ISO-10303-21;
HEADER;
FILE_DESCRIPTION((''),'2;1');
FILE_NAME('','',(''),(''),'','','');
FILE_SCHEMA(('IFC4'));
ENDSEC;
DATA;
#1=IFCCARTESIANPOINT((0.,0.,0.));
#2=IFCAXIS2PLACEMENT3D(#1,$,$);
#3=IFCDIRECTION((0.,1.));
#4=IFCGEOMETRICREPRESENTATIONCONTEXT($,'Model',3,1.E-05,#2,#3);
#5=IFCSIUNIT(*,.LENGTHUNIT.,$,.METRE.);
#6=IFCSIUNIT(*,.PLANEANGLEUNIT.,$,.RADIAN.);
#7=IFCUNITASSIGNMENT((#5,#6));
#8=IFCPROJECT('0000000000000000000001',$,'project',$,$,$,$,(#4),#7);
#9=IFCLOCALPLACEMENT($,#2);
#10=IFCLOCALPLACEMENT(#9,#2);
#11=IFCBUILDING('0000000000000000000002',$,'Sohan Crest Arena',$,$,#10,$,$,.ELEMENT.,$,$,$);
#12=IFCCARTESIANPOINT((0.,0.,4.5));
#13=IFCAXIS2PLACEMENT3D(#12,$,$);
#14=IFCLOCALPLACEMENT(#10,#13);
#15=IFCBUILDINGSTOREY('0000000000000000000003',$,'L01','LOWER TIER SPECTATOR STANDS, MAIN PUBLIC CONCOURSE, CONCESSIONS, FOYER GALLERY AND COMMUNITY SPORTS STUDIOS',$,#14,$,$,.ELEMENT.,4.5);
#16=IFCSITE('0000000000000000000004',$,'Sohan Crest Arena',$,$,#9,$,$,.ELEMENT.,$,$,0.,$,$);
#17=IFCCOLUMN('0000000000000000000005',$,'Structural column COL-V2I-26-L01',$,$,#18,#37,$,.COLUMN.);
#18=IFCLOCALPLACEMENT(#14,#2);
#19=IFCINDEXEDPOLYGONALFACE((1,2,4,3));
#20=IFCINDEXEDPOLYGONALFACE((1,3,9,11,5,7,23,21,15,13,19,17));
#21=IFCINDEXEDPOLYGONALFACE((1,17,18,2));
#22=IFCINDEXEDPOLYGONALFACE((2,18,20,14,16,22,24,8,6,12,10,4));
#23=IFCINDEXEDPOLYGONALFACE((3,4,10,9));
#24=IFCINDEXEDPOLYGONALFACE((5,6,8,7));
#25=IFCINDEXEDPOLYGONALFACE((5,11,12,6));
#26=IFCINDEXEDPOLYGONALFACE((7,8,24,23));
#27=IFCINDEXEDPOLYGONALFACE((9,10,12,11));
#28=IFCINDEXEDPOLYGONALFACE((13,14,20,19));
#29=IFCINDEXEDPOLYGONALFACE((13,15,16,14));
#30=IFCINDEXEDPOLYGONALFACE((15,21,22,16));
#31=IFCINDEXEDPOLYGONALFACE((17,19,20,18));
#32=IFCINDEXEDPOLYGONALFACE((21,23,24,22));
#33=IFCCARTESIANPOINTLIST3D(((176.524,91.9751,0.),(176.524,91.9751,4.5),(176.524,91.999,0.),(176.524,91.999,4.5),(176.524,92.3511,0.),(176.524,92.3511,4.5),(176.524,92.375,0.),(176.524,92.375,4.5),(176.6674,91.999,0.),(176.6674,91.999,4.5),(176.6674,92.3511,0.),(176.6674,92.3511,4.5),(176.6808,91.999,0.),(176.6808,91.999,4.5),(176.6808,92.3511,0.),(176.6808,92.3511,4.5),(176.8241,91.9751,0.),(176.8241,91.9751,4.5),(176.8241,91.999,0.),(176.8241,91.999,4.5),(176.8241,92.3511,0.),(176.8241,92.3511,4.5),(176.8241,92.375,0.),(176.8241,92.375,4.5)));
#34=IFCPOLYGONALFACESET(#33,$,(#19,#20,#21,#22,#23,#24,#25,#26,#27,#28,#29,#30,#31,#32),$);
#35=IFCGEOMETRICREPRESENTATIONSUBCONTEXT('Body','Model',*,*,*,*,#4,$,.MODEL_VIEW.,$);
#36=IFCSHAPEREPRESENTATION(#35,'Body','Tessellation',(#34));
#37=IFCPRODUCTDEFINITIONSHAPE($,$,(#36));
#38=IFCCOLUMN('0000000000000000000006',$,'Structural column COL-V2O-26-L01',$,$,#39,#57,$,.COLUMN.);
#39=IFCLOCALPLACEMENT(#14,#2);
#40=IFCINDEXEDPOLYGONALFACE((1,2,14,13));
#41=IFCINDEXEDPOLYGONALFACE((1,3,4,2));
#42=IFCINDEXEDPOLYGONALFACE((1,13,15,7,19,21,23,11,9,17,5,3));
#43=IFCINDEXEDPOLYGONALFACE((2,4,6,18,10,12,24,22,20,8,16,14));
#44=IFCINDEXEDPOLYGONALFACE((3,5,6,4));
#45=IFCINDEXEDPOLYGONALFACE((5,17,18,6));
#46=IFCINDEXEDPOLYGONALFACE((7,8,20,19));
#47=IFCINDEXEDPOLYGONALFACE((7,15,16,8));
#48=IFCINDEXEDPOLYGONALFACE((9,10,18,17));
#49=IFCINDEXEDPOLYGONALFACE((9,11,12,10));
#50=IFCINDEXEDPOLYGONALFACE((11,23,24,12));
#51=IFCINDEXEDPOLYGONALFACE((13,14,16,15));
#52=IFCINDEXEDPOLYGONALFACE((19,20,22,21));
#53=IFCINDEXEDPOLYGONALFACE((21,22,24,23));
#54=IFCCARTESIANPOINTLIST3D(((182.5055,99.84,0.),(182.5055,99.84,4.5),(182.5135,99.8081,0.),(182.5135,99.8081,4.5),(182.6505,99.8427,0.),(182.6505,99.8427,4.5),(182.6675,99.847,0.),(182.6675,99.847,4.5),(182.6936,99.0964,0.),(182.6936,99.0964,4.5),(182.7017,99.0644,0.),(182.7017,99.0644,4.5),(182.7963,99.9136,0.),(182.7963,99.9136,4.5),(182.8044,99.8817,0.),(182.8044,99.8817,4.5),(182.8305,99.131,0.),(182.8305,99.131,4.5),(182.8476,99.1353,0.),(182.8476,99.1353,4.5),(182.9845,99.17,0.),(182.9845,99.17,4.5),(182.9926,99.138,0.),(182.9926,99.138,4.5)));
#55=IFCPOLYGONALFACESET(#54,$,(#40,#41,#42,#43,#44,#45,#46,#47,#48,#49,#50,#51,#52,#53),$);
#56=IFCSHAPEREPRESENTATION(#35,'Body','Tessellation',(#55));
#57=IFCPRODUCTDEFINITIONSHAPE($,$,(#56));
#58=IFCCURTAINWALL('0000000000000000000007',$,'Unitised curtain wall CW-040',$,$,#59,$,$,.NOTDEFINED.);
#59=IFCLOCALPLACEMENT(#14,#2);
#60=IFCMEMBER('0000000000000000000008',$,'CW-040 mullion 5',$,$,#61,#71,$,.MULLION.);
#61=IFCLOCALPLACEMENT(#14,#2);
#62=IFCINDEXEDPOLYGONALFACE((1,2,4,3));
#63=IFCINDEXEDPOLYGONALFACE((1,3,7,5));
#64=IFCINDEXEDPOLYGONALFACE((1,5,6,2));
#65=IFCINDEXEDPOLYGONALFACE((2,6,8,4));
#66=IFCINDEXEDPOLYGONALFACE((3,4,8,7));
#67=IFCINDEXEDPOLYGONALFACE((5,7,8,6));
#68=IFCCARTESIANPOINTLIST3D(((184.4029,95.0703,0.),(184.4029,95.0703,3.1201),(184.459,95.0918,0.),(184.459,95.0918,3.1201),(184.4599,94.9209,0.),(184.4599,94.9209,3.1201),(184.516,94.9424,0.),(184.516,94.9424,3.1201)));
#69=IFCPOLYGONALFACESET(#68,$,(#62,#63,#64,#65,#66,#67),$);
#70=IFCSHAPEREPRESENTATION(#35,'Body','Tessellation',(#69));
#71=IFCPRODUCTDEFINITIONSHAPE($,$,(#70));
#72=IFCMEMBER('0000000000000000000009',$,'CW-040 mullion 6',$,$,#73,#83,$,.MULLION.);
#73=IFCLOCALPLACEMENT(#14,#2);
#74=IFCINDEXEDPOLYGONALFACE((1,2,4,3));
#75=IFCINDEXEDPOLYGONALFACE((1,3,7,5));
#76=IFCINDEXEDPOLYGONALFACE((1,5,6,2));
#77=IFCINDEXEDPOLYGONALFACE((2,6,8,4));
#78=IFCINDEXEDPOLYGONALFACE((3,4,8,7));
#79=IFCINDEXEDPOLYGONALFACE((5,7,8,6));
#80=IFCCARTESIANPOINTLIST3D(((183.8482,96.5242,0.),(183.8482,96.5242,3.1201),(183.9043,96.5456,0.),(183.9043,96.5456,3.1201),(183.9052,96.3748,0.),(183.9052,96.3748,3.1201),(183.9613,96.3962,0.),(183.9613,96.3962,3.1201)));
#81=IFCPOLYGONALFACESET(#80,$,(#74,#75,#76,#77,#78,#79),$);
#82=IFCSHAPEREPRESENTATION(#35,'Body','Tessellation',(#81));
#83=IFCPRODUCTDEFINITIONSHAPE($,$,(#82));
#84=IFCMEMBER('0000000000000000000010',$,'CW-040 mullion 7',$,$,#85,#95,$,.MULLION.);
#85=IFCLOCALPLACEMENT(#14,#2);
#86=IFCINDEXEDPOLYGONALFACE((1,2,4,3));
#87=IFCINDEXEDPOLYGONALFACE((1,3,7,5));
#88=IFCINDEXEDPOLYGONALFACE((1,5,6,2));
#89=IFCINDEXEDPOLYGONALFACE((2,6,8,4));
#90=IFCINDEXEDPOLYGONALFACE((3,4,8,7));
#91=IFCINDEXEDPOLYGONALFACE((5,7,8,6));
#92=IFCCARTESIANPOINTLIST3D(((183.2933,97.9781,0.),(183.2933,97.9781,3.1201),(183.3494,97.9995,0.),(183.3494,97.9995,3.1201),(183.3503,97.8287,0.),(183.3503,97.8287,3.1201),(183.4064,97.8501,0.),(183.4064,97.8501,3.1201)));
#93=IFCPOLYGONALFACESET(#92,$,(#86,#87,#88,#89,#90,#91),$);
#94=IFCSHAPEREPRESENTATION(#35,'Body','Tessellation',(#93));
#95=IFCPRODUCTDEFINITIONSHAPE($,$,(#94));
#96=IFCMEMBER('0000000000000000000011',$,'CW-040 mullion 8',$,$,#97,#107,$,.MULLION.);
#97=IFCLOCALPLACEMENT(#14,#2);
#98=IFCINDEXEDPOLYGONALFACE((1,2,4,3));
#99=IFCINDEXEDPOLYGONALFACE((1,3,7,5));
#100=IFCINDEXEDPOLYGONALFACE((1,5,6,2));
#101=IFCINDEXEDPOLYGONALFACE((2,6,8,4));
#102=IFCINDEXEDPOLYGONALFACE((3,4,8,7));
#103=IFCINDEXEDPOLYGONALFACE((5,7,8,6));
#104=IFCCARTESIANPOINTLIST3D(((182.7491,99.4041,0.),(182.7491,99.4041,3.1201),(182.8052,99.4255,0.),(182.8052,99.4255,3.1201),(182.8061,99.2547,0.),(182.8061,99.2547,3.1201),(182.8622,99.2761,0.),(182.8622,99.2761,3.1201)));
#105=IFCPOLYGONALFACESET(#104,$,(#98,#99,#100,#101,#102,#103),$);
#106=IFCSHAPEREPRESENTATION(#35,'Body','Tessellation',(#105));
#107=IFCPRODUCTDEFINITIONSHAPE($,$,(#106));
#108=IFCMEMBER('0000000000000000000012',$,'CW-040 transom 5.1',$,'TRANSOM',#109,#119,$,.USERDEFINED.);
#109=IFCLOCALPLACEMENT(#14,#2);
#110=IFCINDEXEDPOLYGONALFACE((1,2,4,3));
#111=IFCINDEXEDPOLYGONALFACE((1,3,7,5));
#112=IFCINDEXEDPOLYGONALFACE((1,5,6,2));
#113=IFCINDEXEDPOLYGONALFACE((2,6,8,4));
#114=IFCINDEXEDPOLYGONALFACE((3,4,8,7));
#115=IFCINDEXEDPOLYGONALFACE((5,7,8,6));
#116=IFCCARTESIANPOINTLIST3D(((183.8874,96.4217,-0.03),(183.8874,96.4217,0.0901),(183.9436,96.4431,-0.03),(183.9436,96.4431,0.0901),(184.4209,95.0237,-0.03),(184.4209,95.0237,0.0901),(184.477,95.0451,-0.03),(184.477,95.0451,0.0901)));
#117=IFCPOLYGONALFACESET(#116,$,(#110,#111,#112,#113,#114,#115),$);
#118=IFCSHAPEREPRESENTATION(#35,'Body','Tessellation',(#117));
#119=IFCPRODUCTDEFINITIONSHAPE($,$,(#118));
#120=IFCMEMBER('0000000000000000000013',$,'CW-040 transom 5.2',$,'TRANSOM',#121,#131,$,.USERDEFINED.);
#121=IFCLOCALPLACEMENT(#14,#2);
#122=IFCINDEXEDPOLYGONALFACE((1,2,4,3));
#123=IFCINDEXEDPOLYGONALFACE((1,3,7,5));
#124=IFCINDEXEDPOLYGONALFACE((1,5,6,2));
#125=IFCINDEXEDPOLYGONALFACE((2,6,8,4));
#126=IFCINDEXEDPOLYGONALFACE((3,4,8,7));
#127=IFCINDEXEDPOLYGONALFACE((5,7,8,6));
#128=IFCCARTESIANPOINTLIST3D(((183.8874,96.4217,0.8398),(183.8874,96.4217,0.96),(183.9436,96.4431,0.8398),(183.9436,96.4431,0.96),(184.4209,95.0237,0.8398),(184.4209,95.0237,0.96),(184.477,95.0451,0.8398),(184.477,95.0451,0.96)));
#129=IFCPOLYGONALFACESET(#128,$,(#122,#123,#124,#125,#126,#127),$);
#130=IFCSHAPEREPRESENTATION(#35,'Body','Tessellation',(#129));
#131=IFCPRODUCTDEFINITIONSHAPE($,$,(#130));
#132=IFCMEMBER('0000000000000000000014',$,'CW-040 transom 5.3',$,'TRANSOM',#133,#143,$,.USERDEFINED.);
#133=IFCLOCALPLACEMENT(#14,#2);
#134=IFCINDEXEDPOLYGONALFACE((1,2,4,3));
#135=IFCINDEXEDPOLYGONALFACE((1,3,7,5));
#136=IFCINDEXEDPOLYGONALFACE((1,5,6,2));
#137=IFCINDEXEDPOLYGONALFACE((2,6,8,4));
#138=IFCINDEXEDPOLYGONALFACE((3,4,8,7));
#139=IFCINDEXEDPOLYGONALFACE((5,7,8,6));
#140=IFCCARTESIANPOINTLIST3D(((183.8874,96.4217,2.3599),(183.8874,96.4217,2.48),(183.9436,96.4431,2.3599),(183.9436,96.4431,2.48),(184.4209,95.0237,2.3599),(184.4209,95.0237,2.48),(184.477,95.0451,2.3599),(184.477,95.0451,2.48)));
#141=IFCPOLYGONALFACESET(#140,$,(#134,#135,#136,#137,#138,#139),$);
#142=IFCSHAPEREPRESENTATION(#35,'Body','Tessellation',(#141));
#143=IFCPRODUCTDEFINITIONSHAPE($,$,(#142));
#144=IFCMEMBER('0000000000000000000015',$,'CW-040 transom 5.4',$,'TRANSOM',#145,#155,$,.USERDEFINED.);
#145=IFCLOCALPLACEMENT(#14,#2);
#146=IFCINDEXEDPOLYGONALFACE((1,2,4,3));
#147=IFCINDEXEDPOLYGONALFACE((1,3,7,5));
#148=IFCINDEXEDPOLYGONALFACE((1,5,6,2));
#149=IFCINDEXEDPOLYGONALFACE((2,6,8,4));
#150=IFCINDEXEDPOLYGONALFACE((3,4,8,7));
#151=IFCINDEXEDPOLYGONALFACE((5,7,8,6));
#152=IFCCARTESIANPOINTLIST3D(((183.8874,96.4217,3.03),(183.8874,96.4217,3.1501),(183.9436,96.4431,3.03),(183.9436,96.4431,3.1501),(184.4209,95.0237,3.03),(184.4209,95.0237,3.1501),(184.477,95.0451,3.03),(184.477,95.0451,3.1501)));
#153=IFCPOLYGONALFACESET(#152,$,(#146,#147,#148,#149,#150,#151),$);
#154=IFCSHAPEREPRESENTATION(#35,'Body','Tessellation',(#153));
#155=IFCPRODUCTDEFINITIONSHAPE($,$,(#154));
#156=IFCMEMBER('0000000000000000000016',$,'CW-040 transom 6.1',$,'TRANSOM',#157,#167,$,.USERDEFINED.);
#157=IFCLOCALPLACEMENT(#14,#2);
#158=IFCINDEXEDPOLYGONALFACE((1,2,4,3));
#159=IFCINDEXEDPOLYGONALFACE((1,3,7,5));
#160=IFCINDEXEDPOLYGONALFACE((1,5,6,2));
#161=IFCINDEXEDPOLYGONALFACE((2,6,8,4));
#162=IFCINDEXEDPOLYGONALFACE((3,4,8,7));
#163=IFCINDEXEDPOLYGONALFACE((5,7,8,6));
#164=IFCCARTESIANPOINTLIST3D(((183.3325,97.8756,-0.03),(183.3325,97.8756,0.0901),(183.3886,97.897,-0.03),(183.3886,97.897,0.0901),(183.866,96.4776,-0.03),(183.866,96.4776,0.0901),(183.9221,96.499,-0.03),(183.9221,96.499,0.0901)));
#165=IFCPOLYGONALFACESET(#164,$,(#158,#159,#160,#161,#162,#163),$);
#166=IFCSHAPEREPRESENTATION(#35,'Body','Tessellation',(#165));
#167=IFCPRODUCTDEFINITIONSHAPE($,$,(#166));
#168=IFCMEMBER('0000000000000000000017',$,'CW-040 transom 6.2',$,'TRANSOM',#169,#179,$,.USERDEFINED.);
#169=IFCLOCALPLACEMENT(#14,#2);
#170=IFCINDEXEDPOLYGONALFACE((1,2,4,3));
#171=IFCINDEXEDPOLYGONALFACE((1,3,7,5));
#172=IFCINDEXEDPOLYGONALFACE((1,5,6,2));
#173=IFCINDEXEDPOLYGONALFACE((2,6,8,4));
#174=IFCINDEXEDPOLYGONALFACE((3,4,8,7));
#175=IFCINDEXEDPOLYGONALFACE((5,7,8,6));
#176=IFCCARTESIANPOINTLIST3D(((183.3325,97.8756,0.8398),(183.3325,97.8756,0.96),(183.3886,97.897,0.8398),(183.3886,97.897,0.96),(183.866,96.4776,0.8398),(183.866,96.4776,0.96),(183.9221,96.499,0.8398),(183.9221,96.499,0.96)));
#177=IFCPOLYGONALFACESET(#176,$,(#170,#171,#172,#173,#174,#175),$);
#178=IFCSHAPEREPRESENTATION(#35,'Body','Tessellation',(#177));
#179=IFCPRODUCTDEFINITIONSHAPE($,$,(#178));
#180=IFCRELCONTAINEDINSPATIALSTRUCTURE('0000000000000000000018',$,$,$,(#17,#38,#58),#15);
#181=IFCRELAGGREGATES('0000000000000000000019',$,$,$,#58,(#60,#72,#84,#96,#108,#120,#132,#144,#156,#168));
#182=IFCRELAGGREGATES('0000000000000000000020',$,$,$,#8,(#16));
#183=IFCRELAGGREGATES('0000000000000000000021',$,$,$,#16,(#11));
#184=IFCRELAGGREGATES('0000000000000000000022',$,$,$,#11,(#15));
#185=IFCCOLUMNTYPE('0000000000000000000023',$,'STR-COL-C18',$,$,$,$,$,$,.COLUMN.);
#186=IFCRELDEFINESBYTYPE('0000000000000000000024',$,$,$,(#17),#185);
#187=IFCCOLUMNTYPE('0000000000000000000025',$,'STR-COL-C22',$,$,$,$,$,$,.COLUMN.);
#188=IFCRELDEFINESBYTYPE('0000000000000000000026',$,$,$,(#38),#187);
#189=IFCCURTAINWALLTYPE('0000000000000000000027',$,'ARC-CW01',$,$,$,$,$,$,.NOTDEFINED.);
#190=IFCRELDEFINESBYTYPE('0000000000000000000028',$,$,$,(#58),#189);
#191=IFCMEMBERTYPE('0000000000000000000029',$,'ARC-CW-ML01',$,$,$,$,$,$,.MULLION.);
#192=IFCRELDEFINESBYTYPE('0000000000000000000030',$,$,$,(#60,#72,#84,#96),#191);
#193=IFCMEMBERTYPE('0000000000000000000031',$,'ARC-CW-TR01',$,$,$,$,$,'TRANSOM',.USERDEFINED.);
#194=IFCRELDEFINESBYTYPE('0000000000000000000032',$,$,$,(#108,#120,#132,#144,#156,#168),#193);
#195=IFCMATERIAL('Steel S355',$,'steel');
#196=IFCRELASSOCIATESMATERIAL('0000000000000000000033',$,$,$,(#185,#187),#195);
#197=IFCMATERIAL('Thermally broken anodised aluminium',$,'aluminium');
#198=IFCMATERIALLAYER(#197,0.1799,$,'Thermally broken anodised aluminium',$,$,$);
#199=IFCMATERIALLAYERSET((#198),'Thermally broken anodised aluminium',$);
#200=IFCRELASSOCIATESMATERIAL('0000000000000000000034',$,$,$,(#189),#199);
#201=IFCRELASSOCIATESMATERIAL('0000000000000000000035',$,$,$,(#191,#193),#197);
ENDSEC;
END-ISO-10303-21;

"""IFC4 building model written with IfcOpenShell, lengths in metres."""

from ifc_helpers import new_model, si_unit, direction, frame, origin, origin_2d, place, context, subcontext, project, spatial, rectangle, i_section, extrude, material, layer, layer_set, material_profile, profile_set, type_object, element, aggregate, save


model = new_model("IFC4")

# Units and contexts
model_context = context("Model", 3, precision=1e-05, world=origin(), true_north=direction((0.0, 1.0)))
body_context = subcontext(model_context, "Body", "Model", "MODEL_VIEW")
ifc_project = project(units=[si_unit("LENGTHUNIT", "METRE"), si_unit("PLANEANGLEUNIT", "RADIAN")], contexts=[model_context])

# Site, building, storey
site_placement = place(None, origin())
site = spatial("IfcSite", under=ifc_project, at=site_placement, Name="Sohan Crest Arena", CompositionType="ELEMENT", RefElevation=0.0)
building_placement = place(site_placement, origin())
building = spatial("IfcBuilding", under=site, at=building_placement, Name="Sohan Crest Arena", CompositionType="ELEMENT")
storey_placement = place(building_placement, frame((0.0, 0.0, 4.5)))
storey = spatial("IfcBuildingStorey", under=building, at=storey_placement, Name="L01", Description="LOWER TIER SPECTATOR STANDS, MAIN PUBLIC CONCOURSE, CONCESSIONS, FOYER GALLERY AND COMMUNITY SPORTS STUDIOS", CompositionType="ELEMENT", Elevation=4.5)

# Columns
ifc_material_1 = material(Name="Steel S355", Category="steel")
ifc_material_profile_1 = material_profile(ifc_material_1, i_section(OverallWidth=0.3, OverallDepth=0.3999, WebThickness=0.0134, FlangeThickness=0.0239, at=origin_2d()), Name="HEB 400")
ifc_profile_set_1 = profile_set([ifc_material_profile_1], Name="Steel S355")
column_type_1 = type_object("IfcColumnType", Name="STR-COL-C18", PredefinedType="COLUMN", material=ifc_profile_set_1)
column_1_placement = place(storey_placement, frame((176.6741, 92.175, 0.0), z_axis=(0.0, 0.0, 1.0), x_axis=(1.0, 0.0, 0.0)))
element("IfcColumn", 1, at=column_1_placement, inside=storey, type_object=column_type_1, Name="Structural column COL-V2I-26-L01", PredefinedType="COLUMN", context=body_context, shape_type="SweptSolid", body=[
    extrude(i_section(OverallWidth=0.3, OverallDepth=0.3999, WebThickness=0.0134, FlangeThickness=0.0239, at=origin_2d()), origin(), (0.0, 0.0, 1.0), 4.5),
])
ifc_material_profile_2 = material_profile(ifc_material_1, i_section(OverallWidth=0.3, OverallDepth=0.8, WebThickness=0.0176, FlangeThickness=0.033, at=origin_2d()), Name="HEB 800")
ifc_profile_set_2 = profile_set([ifc_material_profile_2], Name="Steel S355")
column_type_2 = type_object("IfcColumnType", Name="STR-COL-C22", PredefinedType="COLUMN", material=ifc_profile_set_2)
column_2_placement = place(storey_placement, frame((182.749, 99.489, 0.0), z_axis=(0.0, 0.0, 1.0), x_axis=(0.969445, 0.245307, 0.0)))
element("IfcColumn", 2, at=column_2_placement, inside=storey, type_object=column_type_2, Name="Structural column COL-V2O-26-L01", PredefinedType="COLUMN", context=body_context, shape_type="SweptSolid", body=[
    extrude(i_section(OverallWidth=0.3, OverallDepth=0.8, WebThickness=0.0176, FlangeThickness=0.033, at=origin_2d()), origin(), (0.0, 0.0, 1.0), 4.5),
])

# Curtain wall, members
ifc_material_2 = material(Name="Thermally broken anodised aluminium", Category="aluminium")
ifc_layer_1 = layer(ifc_material_2, 0.1799, Name="Thermally broken anodised aluminium")
ifc_layer_set_1 = layer_set([ifc_layer_1], Name="Thermally broken anodised aluminium")
curtain_wall_type = type_object("IfcCurtainWallType", Name="ARC-CW01", PredefinedType="NOTDEFINED", material=ifc_layer_set_1)
curtain_wall_placement = place(storey_placement, origin())
curtain_wall = element("IfcCurtainWall", 3, at=curtain_wall_placement, inside=storey, type_object=curtain_wall_type, Name="Unitised curtain wall CW-040", PredefinedType="NOTDEFINED")
ifc_material_profile_3 = material_profile(ifc_material_2, rectangle(XDim=0.0601, YDim=0.1599, at=origin_2d()), Name="ALU-MULL 60x160")
ifc_profile_set_3 = profile_set([ifc_material_profile_3], Name="Thermally broken anodised aluminium")
member_type_1 = type_object("IfcMemberType", Name="ARC-CW-ML01", PredefinedType="MULLION", material=ifc_profile_set_3)
member_1_placement = place(storey_placement, frame((184.4595, 95.0063, 0.0), z_axis=(0.0, 0.0, 1.0), x_axis=(-0.934272, -0.35656, 0.0)))
member_1 = element("IfcMember", 4, at=member_1_placement, type_object=member_type_1, Name="CW-040 mullion 5", PredefinedType="MULLION", context=body_context, shape_type="SweptSolid", body=[
    extrude(rectangle(XDim=0.0601, YDim=0.1599, at=origin_2d()), origin(), (0.0, 0.0, 1.0), 3.1201),
])
member_2_placement = place(storey_placement, frame((183.9048, 96.4602, 0.0), z_axis=(0.0, 0.0, 1.0), x_axis=(-0.934272, -0.35656, 0.0)))
member_2 = element("IfcMember", 5, at=member_2_placement, type_object=member_type_1, Name="CW-040 mullion 6", PredefinedType="MULLION", context=body_context, shape_type="SweptSolid", body=[
    extrude(rectangle(XDim=0.0601, YDim=0.1599, at=origin_2d()), origin(), (0.0, 0.0, 1.0), 3.1201),
])
member_3_placement = place(storey_placement, frame((183.3499, 97.9141, 0.0), z_axis=(0.0, 0.0, 1.0), x_axis=(-0.934272, -0.35656, 0.0)))
member_3 = element("IfcMember", 6, at=member_3_placement, type_object=member_type_1, Name="CW-040 mullion 7", PredefinedType="MULLION", context=body_context, shape_type="SweptSolid", body=[
    extrude(rectangle(XDim=0.0601, YDim=0.1599, at=origin_2d()), origin(), (0.0, 0.0, 1.0), 3.1201),
])
member_4_placement = place(storey_placement, frame((182.8057, 99.3401, 0.0), z_axis=(0.0, 0.0, 1.0), x_axis=(-0.934272, -0.35656, 0.0)))
member_4 = element("IfcMember", 7, at=member_4_placement, type_object=member_type_1, Name="CW-040 mullion 8", PredefinedType="MULLION", context=body_context, shape_type="SweptSolid", body=[
    extrude(rectangle(XDim=0.0601, YDim=0.1599, at=origin_2d()), origin(), (0.0, 0.0, 1.0), 3.1201),
])
ifc_material_profile_4 = material_profile(ifc_material_2, rectangle(XDim=0.0601, YDim=0.1201, at=origin_2d()), Name="ALU-TRAN 60x120")
ifc_profile_set_4 = profile_set([ifc_material_profile_4], Name="Thermally broken anodised aluminium")
member_type_2 = type_object("IfcMemberType", Name="ARC-CW-TR01", ElementType="TRANSOM", PredefinedType="USERDEFINED", material=ifc_profile_set_4)
member_5_placement = place(storey_placement, frame((184.449, 95.0344, 0.03), z_axis=(-0.356518, 0.934289, 0.0), x_axis=(-0.934289, -0.356518, 0.0)))
member_5 = element("IfcMember", 8, at=member_5_placement, type_object=member_type_2, Name="CW-040 transom 5.1", ObjectType="TRANSOM", PredefinedType="USERDEFINED", context=body_context, shape_type="SweptSolid", body=[
    extrude(rectangle(XDim=0.0601, YDim=0.1201, at=origin_2d()), origin(), (0.0, 0.0, 1.0), 1.4963),
])
member_6_placement = place(storey_placement, frame((184.449, 95.0344, 0.8999), z_axis=(-0.356518, 0.934289, 0.0), x_axis=(-0.934289, -0.356518, 0.0)))
member_6 = element("IfcMember", 9, at=member_6_placement, type_object=member_type_2, Name="CW-040 transom 5.2", ObjectType="TRANSOM", PredefinedType="USERDEFINED", context=body_context, shape_type="SweptSolid", body=[
    extrude(rectangle(XDim=0.0601, YDim=0.1201, at=origin_2d()), origin(), (0.0, 0.0, 1.0), 1.4963),
])
member_7_placement = place(storey_placement, frame((184.449, 95.0344, 2.4199), z_axis=(-0.356518, 0.934289, 0.0), x_axis=(-0.934289, -0.356518, 0.0)))
member_7 = element("IfcMember", 10, at=member_7_placement, type_object=member_type_2, Name="CW-040 transom 5.3", ObjectType="TRANSOM", PredefinedType="USERDEFINED", context=body_context, shape_type="SweptSolid", body=[
    extrude(rectangle(XDim=0.0601, YDim=0.1201, at=origin_2d()), origin(), (0.0, 0.0, 1.0), 1.4963),
])
member_8_placement = place(storey_placement, frame((184.449, 95.0344, 3.0901), z_axis=(-0.356518, 0.934289, 0.0), x_axis=(-0.934289, -0.356518, 0.0)))
member_8 = element("IfcMember", 11, at=member_8_placement, type_object=member_type_2, Name="CW-040 transom 5.4", ObjectType="TRANSOM", PredefinedType="USERDEFINED", context=body_context, shape_type="SweptSolid", body=[
    extrude(rectangle(XDim=0.0601, YDim=0.1201, at=origin_2d()), origin(), (0.0, 0.0, 1.0), 1.4963),
])
member_9_placement = place(storey_placement, frame((183.894, 96.4883, 0.03), z_axis=(-0.356518, 0.934289, 0.0), x_axis=(-0.934289, -0.356518, 0.0)))
member_9 = element("IfcMember", 12, at=member_9_placement, type_object=member_type_2, Name="CW-040 transom 6.1", ObjectType="TRANSOM", PredefinedType="USERDEFINED", context=body_context, shape_type="SweptSolid", body=[
    extrude(rectangle(XDim=0.0601, YDim=0.1201, at=origin_2d()), origin(), (0.0, 0.0, 1.0), 1.4963),
])
member_10_placement = place(storey_placement, frame((183.894, 96.4883, 0.8999), z_axis=(-0.356518, 0.934289, 0.0), x_axis=(-0.934289, -0.356518, 0.0)))
member_10 = element("IfcMember", 13, at=member_10_placement, type_object=member_type_2, Name="CW-040 transom 6.2", ObjectType="TRANSOM", PredefinedType="USERDEFINED", context=body_context, shape_type="SweptSolid", body=[
    extrude(rectangle(XDim=0.0601, YDim=0.1201, at=origin_2d()), origin(), (0.0, 0.0, 1.0), 1.4963),
])

aggregate(curtain_wall, [member_1, member_2, member_3, member_4, member_5, member_6, member_7, member_8, member_9, member_10])

save(model, "model.ifc")
